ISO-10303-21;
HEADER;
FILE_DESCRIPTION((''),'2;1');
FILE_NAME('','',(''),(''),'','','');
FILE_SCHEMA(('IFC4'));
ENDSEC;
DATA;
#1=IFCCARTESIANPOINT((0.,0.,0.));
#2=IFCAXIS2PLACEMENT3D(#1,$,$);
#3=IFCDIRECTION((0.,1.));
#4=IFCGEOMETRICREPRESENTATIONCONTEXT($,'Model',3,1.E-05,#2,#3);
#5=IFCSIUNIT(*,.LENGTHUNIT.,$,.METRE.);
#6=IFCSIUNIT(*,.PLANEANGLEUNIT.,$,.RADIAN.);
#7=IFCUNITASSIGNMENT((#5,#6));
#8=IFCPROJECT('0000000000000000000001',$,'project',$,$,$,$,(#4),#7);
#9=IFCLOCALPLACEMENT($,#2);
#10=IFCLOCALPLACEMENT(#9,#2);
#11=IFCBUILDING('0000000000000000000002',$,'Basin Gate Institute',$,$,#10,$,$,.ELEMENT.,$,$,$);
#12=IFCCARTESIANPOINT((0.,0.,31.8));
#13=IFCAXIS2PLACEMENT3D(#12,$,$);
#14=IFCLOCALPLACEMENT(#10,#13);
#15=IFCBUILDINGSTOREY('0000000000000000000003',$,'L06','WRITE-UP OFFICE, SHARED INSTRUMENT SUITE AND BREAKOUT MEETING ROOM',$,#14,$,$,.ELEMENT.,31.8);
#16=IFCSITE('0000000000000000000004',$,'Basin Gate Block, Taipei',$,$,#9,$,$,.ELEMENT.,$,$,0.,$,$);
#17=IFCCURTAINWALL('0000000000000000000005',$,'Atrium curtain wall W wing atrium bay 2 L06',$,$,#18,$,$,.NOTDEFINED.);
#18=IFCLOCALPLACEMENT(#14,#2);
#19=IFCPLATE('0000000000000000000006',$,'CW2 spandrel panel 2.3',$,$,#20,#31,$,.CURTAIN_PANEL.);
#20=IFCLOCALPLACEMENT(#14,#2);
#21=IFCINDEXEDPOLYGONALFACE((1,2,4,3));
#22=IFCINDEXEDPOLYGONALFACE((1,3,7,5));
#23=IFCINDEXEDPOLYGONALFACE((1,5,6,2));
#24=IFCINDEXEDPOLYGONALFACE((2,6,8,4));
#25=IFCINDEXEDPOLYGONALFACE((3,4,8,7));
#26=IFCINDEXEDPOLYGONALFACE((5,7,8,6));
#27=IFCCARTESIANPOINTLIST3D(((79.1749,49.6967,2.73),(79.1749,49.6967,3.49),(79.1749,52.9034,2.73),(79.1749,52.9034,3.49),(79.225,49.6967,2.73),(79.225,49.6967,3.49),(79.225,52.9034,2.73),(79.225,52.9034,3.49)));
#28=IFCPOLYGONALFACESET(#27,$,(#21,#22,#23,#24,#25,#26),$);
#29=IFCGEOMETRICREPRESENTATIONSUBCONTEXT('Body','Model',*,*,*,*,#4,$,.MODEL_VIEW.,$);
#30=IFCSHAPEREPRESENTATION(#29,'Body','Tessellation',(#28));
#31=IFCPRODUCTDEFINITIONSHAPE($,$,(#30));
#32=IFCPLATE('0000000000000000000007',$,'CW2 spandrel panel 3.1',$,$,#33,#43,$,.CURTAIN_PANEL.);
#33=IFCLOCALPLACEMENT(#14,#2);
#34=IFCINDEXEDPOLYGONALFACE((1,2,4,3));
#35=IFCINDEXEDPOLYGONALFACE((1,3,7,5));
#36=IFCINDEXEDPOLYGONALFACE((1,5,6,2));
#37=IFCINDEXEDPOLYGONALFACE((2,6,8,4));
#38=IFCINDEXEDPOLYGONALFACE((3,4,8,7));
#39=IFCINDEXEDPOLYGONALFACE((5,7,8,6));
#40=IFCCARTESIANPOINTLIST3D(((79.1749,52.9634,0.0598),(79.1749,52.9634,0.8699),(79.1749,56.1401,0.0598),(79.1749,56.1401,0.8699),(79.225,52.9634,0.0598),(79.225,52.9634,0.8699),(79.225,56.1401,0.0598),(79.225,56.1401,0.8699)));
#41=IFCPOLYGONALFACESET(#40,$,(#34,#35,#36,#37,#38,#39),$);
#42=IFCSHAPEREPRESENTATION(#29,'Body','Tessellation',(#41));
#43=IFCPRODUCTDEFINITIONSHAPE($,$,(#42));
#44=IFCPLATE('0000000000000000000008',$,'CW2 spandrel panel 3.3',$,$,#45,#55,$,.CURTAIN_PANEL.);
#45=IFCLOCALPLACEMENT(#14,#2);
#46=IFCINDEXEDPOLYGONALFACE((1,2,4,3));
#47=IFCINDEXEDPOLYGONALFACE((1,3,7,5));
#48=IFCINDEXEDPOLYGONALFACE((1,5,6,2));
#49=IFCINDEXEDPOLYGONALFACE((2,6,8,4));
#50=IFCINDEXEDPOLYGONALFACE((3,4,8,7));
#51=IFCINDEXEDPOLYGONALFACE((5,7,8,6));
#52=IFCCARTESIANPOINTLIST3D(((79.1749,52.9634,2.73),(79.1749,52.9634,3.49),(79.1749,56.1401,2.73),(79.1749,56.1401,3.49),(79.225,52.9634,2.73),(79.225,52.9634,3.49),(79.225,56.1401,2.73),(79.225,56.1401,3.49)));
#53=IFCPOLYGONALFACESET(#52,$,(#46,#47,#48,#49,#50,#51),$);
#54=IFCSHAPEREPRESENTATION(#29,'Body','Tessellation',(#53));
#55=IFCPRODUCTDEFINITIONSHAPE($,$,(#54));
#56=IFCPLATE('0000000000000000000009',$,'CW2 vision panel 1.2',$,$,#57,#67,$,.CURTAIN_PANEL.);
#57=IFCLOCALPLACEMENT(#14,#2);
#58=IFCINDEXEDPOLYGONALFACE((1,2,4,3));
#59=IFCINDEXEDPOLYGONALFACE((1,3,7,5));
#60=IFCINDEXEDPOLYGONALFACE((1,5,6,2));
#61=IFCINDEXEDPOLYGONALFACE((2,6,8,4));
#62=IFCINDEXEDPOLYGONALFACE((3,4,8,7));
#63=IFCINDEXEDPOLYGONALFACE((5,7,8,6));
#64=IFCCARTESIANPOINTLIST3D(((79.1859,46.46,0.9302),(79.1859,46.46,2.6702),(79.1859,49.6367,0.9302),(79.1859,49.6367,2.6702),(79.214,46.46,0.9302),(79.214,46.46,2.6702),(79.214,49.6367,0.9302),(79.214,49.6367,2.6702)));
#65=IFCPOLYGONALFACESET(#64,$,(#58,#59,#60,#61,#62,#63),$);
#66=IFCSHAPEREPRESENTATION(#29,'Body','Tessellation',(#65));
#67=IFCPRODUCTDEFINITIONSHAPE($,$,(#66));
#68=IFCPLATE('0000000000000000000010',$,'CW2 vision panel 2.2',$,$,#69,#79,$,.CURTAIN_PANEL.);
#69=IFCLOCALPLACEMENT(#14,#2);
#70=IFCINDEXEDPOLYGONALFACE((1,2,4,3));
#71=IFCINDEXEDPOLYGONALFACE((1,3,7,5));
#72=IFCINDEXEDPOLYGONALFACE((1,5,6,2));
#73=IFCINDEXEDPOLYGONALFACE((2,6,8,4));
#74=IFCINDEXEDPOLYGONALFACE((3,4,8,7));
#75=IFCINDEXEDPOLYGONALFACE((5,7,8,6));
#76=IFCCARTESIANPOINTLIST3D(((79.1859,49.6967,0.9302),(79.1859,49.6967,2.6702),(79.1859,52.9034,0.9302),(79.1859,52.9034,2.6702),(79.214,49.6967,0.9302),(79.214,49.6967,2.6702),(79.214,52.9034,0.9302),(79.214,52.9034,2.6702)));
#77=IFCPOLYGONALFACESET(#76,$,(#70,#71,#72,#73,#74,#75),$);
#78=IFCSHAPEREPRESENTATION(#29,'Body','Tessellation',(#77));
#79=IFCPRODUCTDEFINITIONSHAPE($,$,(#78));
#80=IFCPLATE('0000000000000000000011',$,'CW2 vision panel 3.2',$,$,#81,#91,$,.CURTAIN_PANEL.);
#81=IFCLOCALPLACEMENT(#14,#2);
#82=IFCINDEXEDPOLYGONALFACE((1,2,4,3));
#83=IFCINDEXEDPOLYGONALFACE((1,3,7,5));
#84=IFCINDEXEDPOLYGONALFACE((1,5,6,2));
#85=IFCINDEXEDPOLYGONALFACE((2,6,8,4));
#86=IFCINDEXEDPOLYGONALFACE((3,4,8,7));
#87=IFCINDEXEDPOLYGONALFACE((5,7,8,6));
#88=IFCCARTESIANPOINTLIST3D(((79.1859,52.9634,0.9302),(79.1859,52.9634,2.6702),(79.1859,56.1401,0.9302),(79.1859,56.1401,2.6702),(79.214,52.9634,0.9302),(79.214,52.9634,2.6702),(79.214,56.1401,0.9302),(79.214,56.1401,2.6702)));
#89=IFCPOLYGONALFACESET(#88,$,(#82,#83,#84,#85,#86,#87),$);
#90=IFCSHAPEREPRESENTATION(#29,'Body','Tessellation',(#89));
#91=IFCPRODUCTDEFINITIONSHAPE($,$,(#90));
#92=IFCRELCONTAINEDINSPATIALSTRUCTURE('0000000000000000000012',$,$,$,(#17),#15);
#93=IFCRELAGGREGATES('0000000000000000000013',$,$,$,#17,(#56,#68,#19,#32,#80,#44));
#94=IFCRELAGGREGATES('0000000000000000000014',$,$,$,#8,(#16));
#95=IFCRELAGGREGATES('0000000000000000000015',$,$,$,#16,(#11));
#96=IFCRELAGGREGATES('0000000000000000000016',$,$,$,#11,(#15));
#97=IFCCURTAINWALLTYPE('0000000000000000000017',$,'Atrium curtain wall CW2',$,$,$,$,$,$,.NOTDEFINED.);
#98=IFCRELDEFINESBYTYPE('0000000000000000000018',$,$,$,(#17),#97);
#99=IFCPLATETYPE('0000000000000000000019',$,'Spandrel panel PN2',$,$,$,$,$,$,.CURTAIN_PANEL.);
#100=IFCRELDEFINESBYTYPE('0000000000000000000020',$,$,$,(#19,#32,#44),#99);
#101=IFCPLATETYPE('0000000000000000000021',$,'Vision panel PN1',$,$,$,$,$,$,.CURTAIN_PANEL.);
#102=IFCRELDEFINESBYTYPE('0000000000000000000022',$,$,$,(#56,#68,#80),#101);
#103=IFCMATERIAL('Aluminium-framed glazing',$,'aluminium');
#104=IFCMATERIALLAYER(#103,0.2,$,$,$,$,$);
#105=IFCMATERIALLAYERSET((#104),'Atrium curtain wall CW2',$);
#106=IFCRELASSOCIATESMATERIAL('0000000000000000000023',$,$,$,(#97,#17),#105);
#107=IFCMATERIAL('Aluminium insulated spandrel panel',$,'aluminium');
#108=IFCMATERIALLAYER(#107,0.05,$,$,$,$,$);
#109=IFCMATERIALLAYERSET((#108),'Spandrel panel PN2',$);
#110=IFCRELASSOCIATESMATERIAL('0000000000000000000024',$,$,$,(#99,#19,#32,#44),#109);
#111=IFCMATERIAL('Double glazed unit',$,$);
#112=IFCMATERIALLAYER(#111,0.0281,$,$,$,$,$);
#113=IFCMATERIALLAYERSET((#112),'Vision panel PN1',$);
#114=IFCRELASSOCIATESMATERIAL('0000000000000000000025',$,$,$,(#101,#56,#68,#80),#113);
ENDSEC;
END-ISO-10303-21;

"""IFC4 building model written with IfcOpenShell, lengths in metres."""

from ifc_helpers import new_model, si_unit, direction, frame, origin, origin_2d, place, context, subcontext, project, spatial, rectangle, extrude, material, layer, layer_set, type_object, element, aggregate, save


model = new_model("IFC4")

# Units and contexts
model_context = context("Model", 3, precision=1e-05, world=origin(), true_north=direction((0.0, 1.0)))
body_context = subcontext(model_context, "Body", "Model", "MODEL_VIEW")
ifc_project = project(units=[si_unit("LENGTHUNIT", "METRE"), si_unit("PLANEANGLEUNIT", "RADIAN")], contexts=[model_context])

# Site, building, storey
site_placement = place(None, origin())
site = spatial("IfcSite", under=ifc_project, at=site_placement, Name="Basin Gate Block, Taipei", CompositionType="ELEMENT", RefElevation=0.0)
building_placement = place(site_placement, origin())
building = spatial("IfcBuilding", under=site, at=building_placement, Name="Basin Gate Institute", CompositionType="ELEMENT")
storey_placement = place(building_placement, frame((0.0, 0.0, 31.8)))
storey = spatial("IfcBuildingStorey", under=building, at=storey_placement, Name="L06", Description="WRITE-UP OFFICE, SHARED INSTRUMENT SUITE AND BREAKOUT MEETING ROOM", CompositionType="ELEMENT", Elevation=31.8)

# Curtain wall, plates
ifc_material_1 = material(Name="Aluminium-framed glazing", Category="aluminium")
ifc_layer_1 = layer(ifc_material_1, 0.2)
ifc_layer_set_1 = layer_set([ifc_layer_1], Name="Atrium curtain wall CW2")
curtain_wall_type = type_object("IfcCurtainWallType", Name="Atrium curtain wall CW2", PredefinedType="NOTDEFINED", material=ifc_layer_set_1)
curtain_wall_placement = place(storey_placement, origin())
curtain_wall = element("IfcCurtainWall", 1, at=curtain_wall_placement, inside=storey, type_object=curtain_wall_type, material=ifc_layer_set_1, Name="Atrium curtain wall W wing atrium bay 2 L06", PredefinedType="NOTDEFINED")
ifc_material_2 = material(Name="Aluminium insulated spandrel panel", Category="aluminium")
ifc_layer_2 = layer(ifc_material_2, 0.05)
ifc_layer_set_2 = layer_set([ifc_layer_2], Name="Spandrel panel PN2")
plate_type_1 = type_object("IfcPlateType", Name="Spandrel panel PN2", PredefinedType="CURTAIN_PANEL", material=ifc_layer_set_2)
plate_1_placement = place(storey_placement, frame((79.2, 51.3, 2.73), z_axis=(0.0, 0.0, 1.0), x_axis=(0.0, 1.0, 0.0)))
plate_1 = element("IfcPlate", 2, at=plate_1_placement, type_object=plate_type_1, material=ifc_layer_set_2, Name="CW2 spandrel panel 2.3", PredefinedType="CURTAIN_PANEL", context=body_context, shape_type="SweptSolid", body=[
    extrude(rectangle(XDim=3.2068, YDim=0.05, at=origin_2d()), origin(), (0.0, 0.0, 1.0), 0.76),
])
plate_2_placement = place(storey_placement, frame((79.2, 54.5518, 0.0598), z_axis=(0.0, 0.0, 1.0), x_axis=(0.0, 1.0, 0.0)))
plate_2 = element("IfcPlate", 3, at=plate_2_placement, type_object=plate_type_1, material=ifc_layer_set_2, Name="CW2 spandrel panel 3.1", PredefinedType="CURTAIN_PANEL", context=body_context, shape_type="SweptSolid", body=[
    extrude(rectangle(XDim=3.1768, YDim=0.05, at=origin_2d()), origin(), (0.0, 0.0, 1.0), 0.8101),
])
plate_3_placement = place(storey_placement, frame((79.2, 54.5518, 2.73), z_axis=(0.0, 0.0, 1.0), x_axis=(0.0, 1.0, 0.0)))
plate_3 = element("IfcPlate", 4, at=plate_3_placement, type_object=plate_type_1, material=ifc_layer_set_2, Name="CW2 spandrel panel 3.3", PredefinedType="CURTAIN_PANEL", context=body_context, shape_type="SweptSolid", body=[
    extrude(rectangle(XDim=3.1768, YDim=0.05, at=origin_2d()), origin(), (0.0, 0.0, 1.0), 0.76),
])
ifc_material_3 = material(Name="Double glazed unit")
ifc_layer_3 = layer(ifc_material_3, 0.0281)
ifc_layer_set_3 = layer_set([ifc_layer_3], Name="Vision panel PN1")
plate_type_2 = type_object("IfcPlateType", Name="Vision panel PN1", PredefinedType="CURTAIN_PANEL", material=ifc_layer_set_3)
plate_4_placement = place(storey_placement, frame((79.2, 48.0483, 0.9302), z_axis=(0.0, 0.0, 1.0), x_axis=(0.0, 1.0, 0.0)))
plate_4 = element("IfcPlate", 5, at=plate_4_placement, type_object=plate_type_2, material=ifc_layer_set_3, Name="CW2 vision panel 1.2", PredefinedType="CURTAIN_PANEL", context=body_context, shape_type="SweptSolid", body=[
    extrude(rectangle(XDim=3.1768, YDim=0.0281, at=origin_2d()), origin(), (0.0, 0.0, 1.0), 1.74),
])
plate_5_placement = place(storey_placement, frame((79.2, 51.3, 0.9302), z_axis=(0.0, 0.0, 1.0), x_axis=(0.0, 1.0, 0.0)))
plate_5 = element("IfcPlate", 6, at=plate_5_placement, type_object=plate_type_2, material=ifc_layer_set_3, Name="CW2 vision panel 2.2", PredefinedType="CURTAIN_PANEL", context=body_context, shape_type="SweptSolid", body=[
    extrude(rectangle(XDim=3.2068, YDim=0.0281, at=origin_2d()), origin(), (0.0, 0.0, 1.0), 1.74),
])
plate_6_placement = place(storey_placement, frame((79.2, 54.5518, 0.9302), z_axis=(0.0, 0.0, 1.0), x_axis=(0.0, 1.0, 0.0)))
plate_6 = element("IfcPlate", 7, at=plate_6_placement, type_object=plate_type_2, material=ifc_layer_set_3, Name="CW2 vision panel 3.2", PredefinedType="CURTAIN_PANEL", context=body_context, shape_type="SweptSolid", body=[
    extrude(rectangle(XDim=3.1768, YDim=0.0281, at=origin_2d()), origin(), (0.0, 0.0, 1.0), 1.74),
])
aggregate(curtain_wall, [plate_4, plate_5, plate_1, plate_2, plate_6, plate_3])

save(model, "model.ifc")
